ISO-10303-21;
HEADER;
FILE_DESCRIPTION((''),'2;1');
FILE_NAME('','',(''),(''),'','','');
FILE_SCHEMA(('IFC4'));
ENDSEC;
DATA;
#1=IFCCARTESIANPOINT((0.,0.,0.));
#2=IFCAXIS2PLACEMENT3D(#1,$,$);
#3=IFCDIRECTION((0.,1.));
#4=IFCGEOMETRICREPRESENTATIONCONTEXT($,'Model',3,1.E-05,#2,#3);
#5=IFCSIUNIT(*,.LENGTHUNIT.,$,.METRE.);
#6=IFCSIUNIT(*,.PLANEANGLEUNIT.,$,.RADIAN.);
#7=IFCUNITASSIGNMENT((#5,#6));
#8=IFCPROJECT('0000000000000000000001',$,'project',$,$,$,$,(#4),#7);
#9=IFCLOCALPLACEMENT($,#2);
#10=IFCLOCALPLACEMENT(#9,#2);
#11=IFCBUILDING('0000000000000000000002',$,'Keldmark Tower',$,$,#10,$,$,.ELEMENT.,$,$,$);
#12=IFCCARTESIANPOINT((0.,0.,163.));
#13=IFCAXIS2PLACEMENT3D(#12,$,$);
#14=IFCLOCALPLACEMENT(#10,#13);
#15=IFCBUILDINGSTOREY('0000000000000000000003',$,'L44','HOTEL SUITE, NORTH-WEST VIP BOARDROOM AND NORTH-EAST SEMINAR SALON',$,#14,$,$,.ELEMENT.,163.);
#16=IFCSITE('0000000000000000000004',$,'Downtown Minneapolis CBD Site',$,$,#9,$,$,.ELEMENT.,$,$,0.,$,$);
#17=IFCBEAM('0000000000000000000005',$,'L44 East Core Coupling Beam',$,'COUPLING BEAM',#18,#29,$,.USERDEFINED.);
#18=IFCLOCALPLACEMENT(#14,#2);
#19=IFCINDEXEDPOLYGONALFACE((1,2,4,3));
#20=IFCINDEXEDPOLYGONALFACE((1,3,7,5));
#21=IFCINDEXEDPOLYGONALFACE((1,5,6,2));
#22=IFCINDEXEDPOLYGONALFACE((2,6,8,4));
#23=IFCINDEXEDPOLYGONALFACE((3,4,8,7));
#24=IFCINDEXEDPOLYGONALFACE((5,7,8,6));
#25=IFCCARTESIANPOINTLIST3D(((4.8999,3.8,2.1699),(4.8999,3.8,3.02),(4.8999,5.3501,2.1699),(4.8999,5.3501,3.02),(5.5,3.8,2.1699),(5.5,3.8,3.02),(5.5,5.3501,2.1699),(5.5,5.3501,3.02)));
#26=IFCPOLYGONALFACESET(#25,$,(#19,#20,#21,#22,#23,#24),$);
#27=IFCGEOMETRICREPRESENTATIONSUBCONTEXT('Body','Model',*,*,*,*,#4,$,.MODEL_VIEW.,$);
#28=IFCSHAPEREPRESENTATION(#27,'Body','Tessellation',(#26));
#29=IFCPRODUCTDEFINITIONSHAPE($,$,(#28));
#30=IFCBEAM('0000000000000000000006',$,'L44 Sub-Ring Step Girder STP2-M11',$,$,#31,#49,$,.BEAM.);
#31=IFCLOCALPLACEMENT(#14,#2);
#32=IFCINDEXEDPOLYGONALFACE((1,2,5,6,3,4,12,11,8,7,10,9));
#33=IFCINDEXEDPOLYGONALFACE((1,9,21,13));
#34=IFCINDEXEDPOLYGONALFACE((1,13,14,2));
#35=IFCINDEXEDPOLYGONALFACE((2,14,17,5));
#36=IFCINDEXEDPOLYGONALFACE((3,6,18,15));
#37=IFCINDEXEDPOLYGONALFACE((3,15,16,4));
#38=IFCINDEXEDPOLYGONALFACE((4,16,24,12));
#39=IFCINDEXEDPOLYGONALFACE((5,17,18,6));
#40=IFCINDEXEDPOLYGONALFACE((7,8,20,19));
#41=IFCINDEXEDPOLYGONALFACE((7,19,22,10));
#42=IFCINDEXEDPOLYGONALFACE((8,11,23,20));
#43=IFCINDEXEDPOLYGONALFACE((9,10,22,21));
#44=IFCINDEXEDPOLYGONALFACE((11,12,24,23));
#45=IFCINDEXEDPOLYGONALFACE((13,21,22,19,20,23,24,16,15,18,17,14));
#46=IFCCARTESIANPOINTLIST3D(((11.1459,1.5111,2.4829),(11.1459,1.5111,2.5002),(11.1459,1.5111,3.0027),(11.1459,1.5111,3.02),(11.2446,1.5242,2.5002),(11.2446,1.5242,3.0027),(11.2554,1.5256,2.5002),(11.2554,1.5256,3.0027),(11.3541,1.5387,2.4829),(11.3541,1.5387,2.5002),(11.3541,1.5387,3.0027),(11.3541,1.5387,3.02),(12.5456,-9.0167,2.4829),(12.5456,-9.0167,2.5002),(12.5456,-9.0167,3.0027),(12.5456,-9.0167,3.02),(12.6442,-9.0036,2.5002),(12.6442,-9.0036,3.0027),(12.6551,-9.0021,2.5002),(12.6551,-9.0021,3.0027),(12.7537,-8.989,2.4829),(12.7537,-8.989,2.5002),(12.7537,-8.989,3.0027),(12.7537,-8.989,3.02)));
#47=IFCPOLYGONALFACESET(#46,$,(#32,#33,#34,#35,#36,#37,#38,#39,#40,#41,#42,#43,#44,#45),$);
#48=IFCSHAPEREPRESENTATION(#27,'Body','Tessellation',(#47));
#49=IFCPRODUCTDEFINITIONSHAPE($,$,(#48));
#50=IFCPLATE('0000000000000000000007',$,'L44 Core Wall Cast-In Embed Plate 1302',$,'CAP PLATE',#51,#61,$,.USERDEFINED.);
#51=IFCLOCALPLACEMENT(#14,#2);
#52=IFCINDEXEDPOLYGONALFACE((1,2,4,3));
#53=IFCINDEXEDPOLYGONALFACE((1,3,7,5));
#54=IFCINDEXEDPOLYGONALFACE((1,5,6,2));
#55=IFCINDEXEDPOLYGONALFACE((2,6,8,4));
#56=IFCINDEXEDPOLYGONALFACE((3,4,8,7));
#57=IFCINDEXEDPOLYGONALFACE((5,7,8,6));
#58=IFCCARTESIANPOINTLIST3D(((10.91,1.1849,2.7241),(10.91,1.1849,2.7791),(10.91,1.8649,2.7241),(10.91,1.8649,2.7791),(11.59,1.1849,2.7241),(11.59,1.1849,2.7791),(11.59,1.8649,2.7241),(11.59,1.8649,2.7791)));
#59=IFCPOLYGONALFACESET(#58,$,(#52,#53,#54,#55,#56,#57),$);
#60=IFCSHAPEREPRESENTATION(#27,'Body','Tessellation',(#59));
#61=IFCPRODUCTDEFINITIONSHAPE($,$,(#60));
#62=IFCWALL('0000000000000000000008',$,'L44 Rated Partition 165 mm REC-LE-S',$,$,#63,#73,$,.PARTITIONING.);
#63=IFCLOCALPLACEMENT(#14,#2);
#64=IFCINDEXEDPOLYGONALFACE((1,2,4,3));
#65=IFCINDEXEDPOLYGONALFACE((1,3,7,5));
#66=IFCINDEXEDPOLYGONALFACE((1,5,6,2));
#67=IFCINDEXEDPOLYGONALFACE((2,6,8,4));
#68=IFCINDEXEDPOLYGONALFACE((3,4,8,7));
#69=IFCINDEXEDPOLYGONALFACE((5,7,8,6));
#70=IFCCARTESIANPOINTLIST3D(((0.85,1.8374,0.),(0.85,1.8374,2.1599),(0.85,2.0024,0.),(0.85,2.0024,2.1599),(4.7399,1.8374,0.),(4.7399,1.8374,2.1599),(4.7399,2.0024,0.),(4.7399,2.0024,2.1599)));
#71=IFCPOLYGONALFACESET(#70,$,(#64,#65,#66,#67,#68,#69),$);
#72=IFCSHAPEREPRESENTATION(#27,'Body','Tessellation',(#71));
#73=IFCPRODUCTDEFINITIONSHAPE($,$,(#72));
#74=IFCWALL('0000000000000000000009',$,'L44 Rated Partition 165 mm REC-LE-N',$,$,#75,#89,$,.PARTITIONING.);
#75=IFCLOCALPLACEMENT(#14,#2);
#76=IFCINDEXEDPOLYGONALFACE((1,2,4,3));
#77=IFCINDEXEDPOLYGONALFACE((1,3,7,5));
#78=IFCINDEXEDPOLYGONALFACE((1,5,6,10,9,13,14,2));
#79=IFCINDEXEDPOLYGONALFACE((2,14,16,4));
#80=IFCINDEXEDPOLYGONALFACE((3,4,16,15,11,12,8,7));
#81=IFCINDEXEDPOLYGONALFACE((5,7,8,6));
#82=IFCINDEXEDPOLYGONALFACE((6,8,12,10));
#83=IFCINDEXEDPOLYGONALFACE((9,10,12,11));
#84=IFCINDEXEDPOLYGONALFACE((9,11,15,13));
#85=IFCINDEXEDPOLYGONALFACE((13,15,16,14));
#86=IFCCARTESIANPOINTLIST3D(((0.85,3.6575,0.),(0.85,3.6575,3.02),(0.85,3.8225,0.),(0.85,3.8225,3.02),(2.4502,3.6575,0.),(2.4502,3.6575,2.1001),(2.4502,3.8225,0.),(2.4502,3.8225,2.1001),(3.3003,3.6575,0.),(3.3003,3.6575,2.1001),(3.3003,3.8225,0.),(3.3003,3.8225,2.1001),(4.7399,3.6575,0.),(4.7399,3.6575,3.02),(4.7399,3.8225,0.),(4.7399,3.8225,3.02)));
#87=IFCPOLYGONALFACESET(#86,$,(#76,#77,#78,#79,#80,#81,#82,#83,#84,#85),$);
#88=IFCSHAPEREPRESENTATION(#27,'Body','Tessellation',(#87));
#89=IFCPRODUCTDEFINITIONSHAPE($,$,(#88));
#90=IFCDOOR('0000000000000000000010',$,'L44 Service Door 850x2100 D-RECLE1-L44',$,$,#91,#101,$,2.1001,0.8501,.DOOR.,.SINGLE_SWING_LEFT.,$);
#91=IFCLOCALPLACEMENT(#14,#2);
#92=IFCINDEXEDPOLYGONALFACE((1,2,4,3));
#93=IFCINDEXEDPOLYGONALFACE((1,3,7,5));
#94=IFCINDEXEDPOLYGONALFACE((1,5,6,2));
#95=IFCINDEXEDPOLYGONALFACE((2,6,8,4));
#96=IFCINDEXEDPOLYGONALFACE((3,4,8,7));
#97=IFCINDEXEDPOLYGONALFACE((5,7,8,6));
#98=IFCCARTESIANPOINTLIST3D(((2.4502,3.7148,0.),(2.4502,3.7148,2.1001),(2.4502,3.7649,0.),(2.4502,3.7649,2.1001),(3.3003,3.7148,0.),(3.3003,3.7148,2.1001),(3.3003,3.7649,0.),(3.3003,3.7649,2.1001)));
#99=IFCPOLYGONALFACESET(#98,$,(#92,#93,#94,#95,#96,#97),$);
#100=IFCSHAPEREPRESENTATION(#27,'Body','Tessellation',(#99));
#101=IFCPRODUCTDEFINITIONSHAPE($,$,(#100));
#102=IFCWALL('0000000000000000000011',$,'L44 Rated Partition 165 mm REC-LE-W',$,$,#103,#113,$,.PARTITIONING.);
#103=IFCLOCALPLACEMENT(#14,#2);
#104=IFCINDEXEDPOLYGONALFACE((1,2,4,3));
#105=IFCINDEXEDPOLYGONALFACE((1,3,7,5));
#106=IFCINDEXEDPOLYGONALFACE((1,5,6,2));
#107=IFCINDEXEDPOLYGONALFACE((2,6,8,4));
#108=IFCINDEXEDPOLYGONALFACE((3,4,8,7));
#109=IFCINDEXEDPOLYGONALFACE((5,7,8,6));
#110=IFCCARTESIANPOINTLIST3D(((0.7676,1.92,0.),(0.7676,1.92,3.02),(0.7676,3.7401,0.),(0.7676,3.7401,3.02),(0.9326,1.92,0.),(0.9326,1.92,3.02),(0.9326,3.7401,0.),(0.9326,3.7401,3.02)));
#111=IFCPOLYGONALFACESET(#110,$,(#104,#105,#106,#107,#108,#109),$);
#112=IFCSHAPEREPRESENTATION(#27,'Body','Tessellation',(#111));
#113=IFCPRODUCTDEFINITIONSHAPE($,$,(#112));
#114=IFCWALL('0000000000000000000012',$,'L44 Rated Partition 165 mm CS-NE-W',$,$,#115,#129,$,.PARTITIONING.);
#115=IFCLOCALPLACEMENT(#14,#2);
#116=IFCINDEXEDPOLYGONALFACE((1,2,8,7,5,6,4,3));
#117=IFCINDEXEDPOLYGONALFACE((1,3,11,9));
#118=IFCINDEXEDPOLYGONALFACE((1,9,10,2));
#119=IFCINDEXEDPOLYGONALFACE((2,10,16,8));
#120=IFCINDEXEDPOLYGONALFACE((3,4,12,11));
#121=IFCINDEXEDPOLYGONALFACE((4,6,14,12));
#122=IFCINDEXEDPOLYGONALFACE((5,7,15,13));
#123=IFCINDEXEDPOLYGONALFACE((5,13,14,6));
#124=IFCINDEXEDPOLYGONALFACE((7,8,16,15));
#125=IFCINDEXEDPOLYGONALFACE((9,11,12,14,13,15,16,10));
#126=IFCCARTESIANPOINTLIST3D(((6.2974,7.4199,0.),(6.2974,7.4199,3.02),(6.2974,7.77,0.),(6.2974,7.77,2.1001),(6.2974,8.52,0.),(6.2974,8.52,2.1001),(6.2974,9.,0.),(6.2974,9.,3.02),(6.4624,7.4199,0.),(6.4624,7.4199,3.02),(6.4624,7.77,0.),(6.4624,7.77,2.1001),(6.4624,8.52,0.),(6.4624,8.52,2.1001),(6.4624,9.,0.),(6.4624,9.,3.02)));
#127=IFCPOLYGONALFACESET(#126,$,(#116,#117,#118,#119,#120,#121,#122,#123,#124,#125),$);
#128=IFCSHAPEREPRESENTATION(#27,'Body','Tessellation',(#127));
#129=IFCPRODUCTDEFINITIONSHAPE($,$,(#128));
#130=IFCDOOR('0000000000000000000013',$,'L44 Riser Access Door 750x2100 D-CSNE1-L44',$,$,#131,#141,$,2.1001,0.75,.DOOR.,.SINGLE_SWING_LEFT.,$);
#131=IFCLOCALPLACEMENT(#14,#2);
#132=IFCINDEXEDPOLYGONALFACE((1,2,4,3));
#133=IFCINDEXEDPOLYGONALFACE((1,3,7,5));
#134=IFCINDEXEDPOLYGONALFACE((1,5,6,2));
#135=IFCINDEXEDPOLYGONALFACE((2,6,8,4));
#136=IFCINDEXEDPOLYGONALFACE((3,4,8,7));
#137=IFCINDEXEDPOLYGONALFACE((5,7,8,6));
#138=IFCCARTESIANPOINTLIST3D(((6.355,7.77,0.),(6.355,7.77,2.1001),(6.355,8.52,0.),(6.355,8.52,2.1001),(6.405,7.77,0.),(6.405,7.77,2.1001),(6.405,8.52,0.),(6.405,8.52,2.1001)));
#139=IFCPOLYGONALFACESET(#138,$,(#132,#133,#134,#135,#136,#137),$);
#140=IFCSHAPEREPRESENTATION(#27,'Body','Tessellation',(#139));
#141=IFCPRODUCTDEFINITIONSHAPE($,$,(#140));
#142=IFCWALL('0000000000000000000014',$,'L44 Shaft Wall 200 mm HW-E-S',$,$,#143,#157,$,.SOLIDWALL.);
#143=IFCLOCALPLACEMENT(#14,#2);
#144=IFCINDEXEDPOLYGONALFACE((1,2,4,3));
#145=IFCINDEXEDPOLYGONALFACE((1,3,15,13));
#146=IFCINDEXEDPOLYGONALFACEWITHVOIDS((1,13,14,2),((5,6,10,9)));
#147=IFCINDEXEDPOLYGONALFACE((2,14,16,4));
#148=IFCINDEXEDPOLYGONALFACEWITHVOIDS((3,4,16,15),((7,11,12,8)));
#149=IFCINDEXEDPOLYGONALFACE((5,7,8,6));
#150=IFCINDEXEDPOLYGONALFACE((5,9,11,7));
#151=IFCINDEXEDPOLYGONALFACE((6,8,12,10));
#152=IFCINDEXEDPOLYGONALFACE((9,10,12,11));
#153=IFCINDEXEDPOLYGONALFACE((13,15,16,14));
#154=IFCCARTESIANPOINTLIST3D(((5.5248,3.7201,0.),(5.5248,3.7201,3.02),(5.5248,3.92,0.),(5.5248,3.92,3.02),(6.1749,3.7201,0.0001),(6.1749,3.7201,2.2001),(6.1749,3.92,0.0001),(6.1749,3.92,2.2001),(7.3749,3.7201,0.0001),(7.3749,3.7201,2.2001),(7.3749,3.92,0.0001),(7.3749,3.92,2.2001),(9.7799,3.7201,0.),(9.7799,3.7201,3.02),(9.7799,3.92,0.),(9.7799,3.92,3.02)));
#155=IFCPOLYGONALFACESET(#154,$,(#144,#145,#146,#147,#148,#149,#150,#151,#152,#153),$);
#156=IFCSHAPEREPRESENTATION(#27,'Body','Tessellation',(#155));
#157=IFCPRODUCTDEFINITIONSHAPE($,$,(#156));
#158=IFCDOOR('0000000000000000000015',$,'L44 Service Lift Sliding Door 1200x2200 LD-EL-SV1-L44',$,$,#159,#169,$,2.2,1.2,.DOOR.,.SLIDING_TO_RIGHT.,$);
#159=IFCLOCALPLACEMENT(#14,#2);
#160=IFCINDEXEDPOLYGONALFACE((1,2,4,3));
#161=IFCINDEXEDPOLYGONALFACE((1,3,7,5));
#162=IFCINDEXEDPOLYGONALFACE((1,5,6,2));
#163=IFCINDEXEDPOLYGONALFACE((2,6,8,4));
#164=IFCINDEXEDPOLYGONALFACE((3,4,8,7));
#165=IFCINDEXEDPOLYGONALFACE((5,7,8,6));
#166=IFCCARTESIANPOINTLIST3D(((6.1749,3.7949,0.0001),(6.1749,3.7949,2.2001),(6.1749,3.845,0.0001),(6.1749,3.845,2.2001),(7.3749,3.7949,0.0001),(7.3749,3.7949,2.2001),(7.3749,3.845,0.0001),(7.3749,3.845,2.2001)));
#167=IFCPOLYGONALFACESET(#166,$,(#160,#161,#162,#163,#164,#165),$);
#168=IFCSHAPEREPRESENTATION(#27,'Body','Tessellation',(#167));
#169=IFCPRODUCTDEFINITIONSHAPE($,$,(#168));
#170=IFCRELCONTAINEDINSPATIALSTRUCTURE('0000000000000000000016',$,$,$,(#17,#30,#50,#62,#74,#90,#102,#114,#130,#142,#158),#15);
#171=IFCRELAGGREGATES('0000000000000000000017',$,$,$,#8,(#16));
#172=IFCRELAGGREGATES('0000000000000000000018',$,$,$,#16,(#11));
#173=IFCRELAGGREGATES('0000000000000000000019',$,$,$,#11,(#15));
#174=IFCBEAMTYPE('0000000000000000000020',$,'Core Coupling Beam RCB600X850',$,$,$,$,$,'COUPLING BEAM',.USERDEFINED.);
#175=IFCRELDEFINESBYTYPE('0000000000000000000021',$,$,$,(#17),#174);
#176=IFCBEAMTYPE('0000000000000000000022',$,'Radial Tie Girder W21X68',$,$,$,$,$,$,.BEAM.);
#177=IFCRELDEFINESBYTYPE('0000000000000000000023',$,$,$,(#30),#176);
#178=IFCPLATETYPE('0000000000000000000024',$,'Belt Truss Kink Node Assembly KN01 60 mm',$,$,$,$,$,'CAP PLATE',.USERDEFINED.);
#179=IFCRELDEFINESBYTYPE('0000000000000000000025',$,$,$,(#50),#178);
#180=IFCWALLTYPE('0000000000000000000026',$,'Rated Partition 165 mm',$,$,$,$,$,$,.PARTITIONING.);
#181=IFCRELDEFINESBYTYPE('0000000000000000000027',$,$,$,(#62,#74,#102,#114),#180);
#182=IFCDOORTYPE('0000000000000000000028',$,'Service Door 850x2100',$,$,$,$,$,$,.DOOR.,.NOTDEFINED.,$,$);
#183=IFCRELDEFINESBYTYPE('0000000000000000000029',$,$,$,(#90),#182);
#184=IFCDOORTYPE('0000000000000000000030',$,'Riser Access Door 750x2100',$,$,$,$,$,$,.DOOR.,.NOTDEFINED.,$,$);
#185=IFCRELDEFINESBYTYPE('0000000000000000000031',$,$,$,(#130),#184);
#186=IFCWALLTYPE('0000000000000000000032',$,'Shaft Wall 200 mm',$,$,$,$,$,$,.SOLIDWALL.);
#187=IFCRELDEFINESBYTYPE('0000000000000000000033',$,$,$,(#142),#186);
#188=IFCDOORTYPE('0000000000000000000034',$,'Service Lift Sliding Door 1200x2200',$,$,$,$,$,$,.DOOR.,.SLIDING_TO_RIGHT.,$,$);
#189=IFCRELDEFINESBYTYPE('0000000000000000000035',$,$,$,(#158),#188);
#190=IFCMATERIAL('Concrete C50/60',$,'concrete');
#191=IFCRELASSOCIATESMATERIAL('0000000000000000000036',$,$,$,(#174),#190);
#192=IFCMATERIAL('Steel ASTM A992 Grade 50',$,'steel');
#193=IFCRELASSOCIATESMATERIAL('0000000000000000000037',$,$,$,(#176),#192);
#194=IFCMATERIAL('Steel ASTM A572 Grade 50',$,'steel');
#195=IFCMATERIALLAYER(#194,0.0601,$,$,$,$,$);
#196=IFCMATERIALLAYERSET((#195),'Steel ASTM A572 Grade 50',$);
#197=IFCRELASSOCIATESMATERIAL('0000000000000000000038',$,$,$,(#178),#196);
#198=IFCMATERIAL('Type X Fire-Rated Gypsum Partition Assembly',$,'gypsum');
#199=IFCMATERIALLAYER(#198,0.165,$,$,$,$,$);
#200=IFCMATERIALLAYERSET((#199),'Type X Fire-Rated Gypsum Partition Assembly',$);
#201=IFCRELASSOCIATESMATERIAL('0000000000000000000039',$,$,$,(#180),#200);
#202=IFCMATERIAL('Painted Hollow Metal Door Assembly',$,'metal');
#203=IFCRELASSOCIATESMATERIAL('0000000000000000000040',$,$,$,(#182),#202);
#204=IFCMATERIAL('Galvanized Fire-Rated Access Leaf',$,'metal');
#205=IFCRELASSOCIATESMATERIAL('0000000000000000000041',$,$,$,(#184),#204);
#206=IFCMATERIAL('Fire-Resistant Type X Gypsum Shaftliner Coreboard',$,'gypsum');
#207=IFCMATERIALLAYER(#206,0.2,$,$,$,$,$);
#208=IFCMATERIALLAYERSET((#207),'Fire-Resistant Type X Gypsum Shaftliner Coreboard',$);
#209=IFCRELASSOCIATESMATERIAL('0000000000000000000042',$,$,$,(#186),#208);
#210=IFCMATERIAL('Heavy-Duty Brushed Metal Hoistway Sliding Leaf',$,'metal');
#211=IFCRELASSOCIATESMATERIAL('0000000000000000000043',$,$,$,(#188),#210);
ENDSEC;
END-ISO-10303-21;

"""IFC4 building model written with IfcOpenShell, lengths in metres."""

from ifc_helpers import new_model, si_unit, direction, frame, frame_2d, origin, origin_2d, place, context, subcontext, project, spatial, rectangle, i_section, extrude, material, layer, layer_set, material_profile, profile_set, type_object, element, fill, save


model = new_model("IFC4")

# Units and contexts
model_context = context("Model", 3, precision=1e-05, world=origin(), true_north=direction((0.0, 1.0)))
body_context = subcontext(model_context, "Body", "Model", "MODEL_VIEW")
ifc_project = project(units=[si_unit("LENGTHUNIT", "METRE"), si_unit("PLANEANGLEUNIT", "RADIAN")], contexts=[model_context])

# Site, building, storey
site_placement = place(None, origin())
site = spatial("IfcSite", under=ifc_project, at=site_placement, Name="Downtown Minneapolis CBD Site", CompositionType="ELEMENT", RefElevation=0.0)
building_placement = place(site_placement, origin())
building = spatial("IfcBuilding", under=site, at=building_placement, Name="Keldmark Tower", CompositionType="ELEMENT")
storey_placement = place(building_placement, frame((0.0, 0.0, 163.0)))
storey = spatial("IfcBuildingStorey", under=building, at=storey_placement, Name="L44", Description="HOTEL SUITE, NORTH-WEST VIP BOARDROOM AND NORTH-EAST SEMINAR SALON", CompositionType="ELEMENT", Elevation=163.0)

# Beams
ifc_material_1 = material(Name="Concrete C50/60", Category="concrete")
ifc_material_profile_1 = material_profile(ifc_material_1, rectangle(XDim=0.6001, YDim=0.8501, at=origin_2d()), Name="RCB600X850")
ifc_profile_set_1 = profile_set([ifc_material_profile_1], Name="Concrete C50/60")
beam_type_1 = type_object("IfcBeamType", Name="Core Coupling Beam RCB600X850", ElementType="COUPLING BEAM", PredefinedType="USERDEFINED", material=ifc_profile_set_1)
beam_1_placement = place(storey_placement, frame((5.2, 3.8, 2.595), z_axis=(0.0, 1.0, 0.0), x_axis=(-1.0, 0.0, 0.0)))
element("IfcBeam", 1, at=beam_1_placement, inside=storey, type_object=beam_type_1, Name="L44 East Core Coupling Beam", ObjectType="COUPLING BEAM", PredefinedType="USERDEFINED", context=body_context, shape_type="SweptSolid", body=[
    extrude(rectangle(XDim=0.6001, YDim=0.8501, at=origin_2d()), origin(), (0.0, 0.0, 1.0), 1.55),
])
ifc_material_2 = material(Name="Steel ASTM A992 Grade 50", Category="steel")
ifc_material_profile_2 = material_profile(ifc_material_2, i_section(OverallWidth=0.21, OverallDepth=0.5371, WebThickness=0.011, FlangeThickness=0.0173, at=origin_2d()), Name="W21X68")
ifc_profile_set_2 = profile_set([ifc_material_profile_2], Name="Steel ASTM A992 Grade 50")
beam_type_2 = type_object("IfcBeamType", Name="Radial Tie Girder W21X68", PredefinedType="BEAM", material=ifc_profile_set_2)
beam_2_placement = place(storey_placement, frame((11.25, 1.5249, 2.7515), z_axis=(0.131789, -0.991278, 0.0), x_axis=(0.991278, 0.131789, 0.0)))
element("IfcBeam", 2, at=beam_2_placement, inside=storey, type_object=beam_type_2, Name="L44 Sub-Ring Step Girder STP2-M11", PredefinedType="BEAM", context=body_context, shape_type="SweptSolid", body=[
    extrude(i_section(OverallWidth=0.21, OverallDepth=0.5371, WebThickness=0.011, FlangeThickness=0.0173, at=origin_2d()), origin(), (0.0, 0.0, 1.0), 10.6204),
])

# Plate
ifc_material_3 = material(Name="Steel ASTM A572 Grade 50", Category="steel")
ifc_layer_1 = layer(ifc_material_3, 0.0601)
ifc_layer_set_1 = layer_set([ifc_layer_1], Name="Steel ASTM A572 Grade 50")
plate_type = type_object("IfcPlateType", Name="Belt Truss Kink Node Assembly KN01 60 mm", ElementType="CAP PLATE", PredefinedType="USERDEFINED", material=ifc_layer_set_1)
plate_placement = place(storey_placement, frame((11.25, 1.5249, 2.7241), z_axis=(0.0, 0.0, 1.0), x_axis=(1.0, 0.0, 0.0)))
element("IfcPlate", 3, at=plate_placement, inside=storey, type_object=plate_type, Name="L44 Core Wall Cast-In Embed Plate 1302", ObjectType="CAP PLATE", PredefinedType="USERDEFINED", context=body_context, shape_type="SweptSolid", body=[
    extrude(rectangle(XDim=0.6799, YDim=0.6799, at=origin_2d()), origin(), (0.0, 0.0, 1.0), 0.0549),
])

# Wall
ifc_material_4 = material(Name="Type X Fire-Rated Gypsum Partition Assembly", Category="gypsum")
ifc_layer_2 = layer(ifc_material_4, 0.165)
ifc_layer_set_2 = layer_set([ifc_layer_2], Name="Type X Fire-Rated Gypsum Partition Assembly")
wall_type_1 = type_object("IfcWallType", Name="Rated Partition 165 mm", PredefinedType="PARTITIONING", material=ifc_layer_set_2)
wall_1_placement = place(storey_placement, frame((0.8501, 1.9199, 0.0), z_axis=(0.0, 0.0, 1.0), x_axis=(1.0, 0.0, 0.0)))
element("IfcWall", 4, at=wall_1_placement, inside=storey, type_object=wall_type_1, Name="L44 Rated Partition 165 mm REC-LE-S", PredefinedType="PARTITIONING", context=body_context, shape_type="SweptSolid", body=[
    extrude(rectangle(XDim=3.8899, YDim=0.165, at=frame_2d((1.9448, 0.0))), origin(), (0.0, 0.0, 1.0), 2.1599),
])

# Wall, opening, door
wall_2_placement = place(storey_placement, frame((0.8501, 3.74, 0.0), z_axis=(0.0, 0.0, 1.0), x_axis=(1.0, 0.0, 0.0)))
wall_2 = element("IfcWall", 5, at=wall_2_placement, inside=storey, type_object=wall_type_1, Name="L44 Rated Partition 165 mm REC-LE-N", PredefinedType="PARTITIONING", context=body_context, shape_type="SweptSolid", body=[
    extrude(rectangle(XDim=3.8899, YDim=0.165, at=frame_2d((1.9448, 0.0))), origin(), (0.0, 0.0, 1.0), 3.02),
])
opening_1_placement = place(wall_2_placement, frame((1.6001, 0.0, 0.0)))
opening_1 = element("IfcOpeningElement", 6, at=opening_1_placement, cuts=wall_2, PredefinedType="OPENING", context=body_context, shape_type="SweptSolid", body=[
    extrude(rectangle(XDim=0.8501, YDim=2.1001, at=frame_2d((0.425, 1.05))), frame((0.0, 0.0925, 0.0), z_axis=(0.0, -1.0, 0.0), x_axis=(1.0, 0.0, 0.0)), (0.0, 0.0, 1.0), 0.1851),
])
ifc_material_5 = material(Name="Painted Hollow Metal Door Assembly", Category="metal")
door_type_1 = type_object("IfcDoorType", Name="Service Door 850x2100", OperationType="NOTDEFINED", PredefinedType="DOOR", material=ifc_material_5)
door_1_placement = place(opening_1_placement, origin())
door_1 = element("IfcDoor", 7, at=door_1_placement, inside=storey, type_object=door_type_1, Name="L44 Service Door 850x2100 D-RECLE1-L44", OperationType="SINGLE_SWING_LEFT", OverallHeight=2.1001, OverallWidth=0.8501, PredefinedType="DOOR", context=body_context, shape_type="SweptSolid", body=[
    extrude(rectangle(XDim=0.8501, YDim=2.1001, at=frame_2d((0.425, 1.05))), frame((0.0, 0.0249, 0.0), z_axis=(0.0, -1.0, 0.0), x_axis=(1.0, 0.0, 0.0)), (0.0, 0.0, 1.0), 0.05),
])
fill(opening_1, door_1)

# Wall
wall_3_placement = place(storey_placement, frame((0.8501, 1.9199, 0.0), z_axis=(0.0, 0.0, 1.0), x_axis=(0.0, 1.0, 0.0)))
element("IfcWall", 8, at=wall_3_placement, inside=storey, type_object=wall_type_1, Name="L44 Rated Partition 165 mm REC-LE-W", PredefinedType="PARTITIONING", context=body_context, shape_type="SweptSolid", body=[
    extrude(rectangle(XDim=1.8201, YDim=0.165, at=frame_2d((0.9102, 0.0))), origin(), (0.0, 0.0, 1.0), 3.02),
])

# Walls, openings, doors
wall_4_placement = place(storey_placement, frame((6.3799, 7.4199, 0.0), z_axis=(0.0, 0.0, 1.0), x_axis=(0.0, 1.0, 0.0)))
wall_4 = element("IfcWall", 9, at=wall_4_placement, inside=storey, type_object=wall_type_1, Name="L44 Rated Partition 165 mm CS-NE-W", PredefinedType="PARTITIONING", context=body_context, shape_type="SweptSolid", body=[
    extrude(rectangle(XDim=1.5801, YDim=0.165, at=frame_2d((0.79, 0.0))), origin(), (0.0, 0.0, 1.0), 3.02),
])
opening_2_placement = place(wall_4_placement, frame((0.3501, 0.0, 0.0)))
opening_2 = element("IfcOpeningElement", 10, at=opening_2_placement, cuts=wall_4, PredefinedType="OPENING", context=body_context, shape_type="SweptSolid", body=[
    extrude(rectangle(XDim=0.75, YDim=2.1001, at=frame_2d((0.375, 1.05))), frame((0.0, 0.0925, 0.0), z_axis=(0.0, -1.0, 0.0), x_axis=(1.0, 0.0, 0.0)), (0.0, 0.0, 1.0), 0.1851),
])
ifc_material_6 = material(Name="Galvanized Fire-Rated Access Leaf", Category="metal")
door_type_2 = type_object("IfcDoorType", Name="Riser Access Door 750x2100", OperationType="NOTDEFINED", PredefinedType="DOOR", material=ifc_material_6)
door_2_placement = place(opening_2_placement, origin())
door_2 = element("IfcDoor", 11, at=door_2_placement, inside=storey, type_object=door_type_2, Name="L44 Riser Access Door 750x2100 D-CSNE1-L44", OperationType="SINGLE_SWING_LEFT", OverallHeight=2.1001, OverallWidth=0.75, PredefinedType="DOOR", context=body_context, shape_type="SweptSolid", body=[
    extrude(rectangle(XDim=0.75, YDim=2.1001, at=frame_2d((0.375, 1.05))), frame((0.0, 0.0249, 0.0), z_axis=(0.0, -1.0, 0.0), x_axis=(1.0, 0.0, 0.0)), (0.0, 0.0, 1.0), 0.05),
])
fill(opening_2, door_2)
ifc_material_7 = material(Name="Fire-Resistant Type X Gypsum Shaftliner Coreboard", Category="gypsum")
ifc_layer_3 = layer(ifc_material_7, 0.2)
ifc_layer_set_3 = layer_set([ifc_layer_3], Name="Fire-Resistant Type X Gypsum Shaftliner Coreboard")
wall_type_2 = type_object("IfcWallType", Name="Shaft Wall 200 mm", PredefinedType="SOLIDWALL", material=ifc_layer_set_3)
wall_5_placement = place(storey_placement, frame((5.5249, 3.8201, 0.0), z_axis=(0.0, 0.0, 1.0), x_axis=(1.0, 0.0, 0.0)))
wall_5 = element("IfcWall", 12, at=wall_5_placement, inside=storey, type_object=wall_type_2, Name="L44 Shaft Wall 200 mm HW-E-S", PredefinedType="SOLIDWALL", context=body_context, shape_type="SweptSolid", body=[
    extrude(rectangle(XDim=4.2551, YDim=0.2, at=frame_2d((2.1274, 0.0))), origin(), (0.0, 0.0, 1.0), 3.02),
])
opening_3_placement = place(wall_5_placement, frame((0.6499, 0.0, 0.0)))
opening_3 = element("IfcOpeningElement", 13, at=opening_3_placement, cuts=wall_5, PredefinedType="OPENING", context=body_context, shape_type="SweptSolid", body=[
    extrude(rectangle(XDim=1.2, YDim=2.2, at=frame_2d((0.6001, 1.1001))), frame((0.0, 0.1099, 0.0), z_axis=(0.0, -1.0, 0.0), x_axis=(1.0, 0.0, 0.0)), (0.0, 0.0, 1.0), 0.22),
])
ifc_material_8 = material(Name="Heavy-Duty Brushed Metal Hoistway Sliding Leaf", Category="metal")
door_type_3 = type_object("IfcDoorType", Name="Service Lift Sliding Door 1200x2200", OperationType="SLIDING_TO_RIGHT", PredefinedType="DOOR", material=ifc_material_8)
door_3_placement = place(opening_3_placement, origin())
door_3 = element("IfcDoor", 14, at=door_3_placement, inside=storey, type_object=door_type_3, Name="L44 Service Lift Sliding Door 1200x2200 LD-EL-SV1-L44", OperationType="SLIDING_TO_RIGHT", OverallHeight=2.2, OverallWidth=1.2, PredefinedType="DOOR", context=body_context, shape_type="SweptSolid", body=[
    extrude(rectangle(XDim=1.2, YDim=2.2, at=frame_2d((0.6001, 1.1001))), frame((0.0, 0.0249, 0.0), z_axis=(0.0, -1.0, 0.0), x_axis=(1.0, 0.0, 0.0)), (0.0, 0.0, 1.0), 0.05),
])
fill(opening_3, door_3)

save(model, "model.ifc")
